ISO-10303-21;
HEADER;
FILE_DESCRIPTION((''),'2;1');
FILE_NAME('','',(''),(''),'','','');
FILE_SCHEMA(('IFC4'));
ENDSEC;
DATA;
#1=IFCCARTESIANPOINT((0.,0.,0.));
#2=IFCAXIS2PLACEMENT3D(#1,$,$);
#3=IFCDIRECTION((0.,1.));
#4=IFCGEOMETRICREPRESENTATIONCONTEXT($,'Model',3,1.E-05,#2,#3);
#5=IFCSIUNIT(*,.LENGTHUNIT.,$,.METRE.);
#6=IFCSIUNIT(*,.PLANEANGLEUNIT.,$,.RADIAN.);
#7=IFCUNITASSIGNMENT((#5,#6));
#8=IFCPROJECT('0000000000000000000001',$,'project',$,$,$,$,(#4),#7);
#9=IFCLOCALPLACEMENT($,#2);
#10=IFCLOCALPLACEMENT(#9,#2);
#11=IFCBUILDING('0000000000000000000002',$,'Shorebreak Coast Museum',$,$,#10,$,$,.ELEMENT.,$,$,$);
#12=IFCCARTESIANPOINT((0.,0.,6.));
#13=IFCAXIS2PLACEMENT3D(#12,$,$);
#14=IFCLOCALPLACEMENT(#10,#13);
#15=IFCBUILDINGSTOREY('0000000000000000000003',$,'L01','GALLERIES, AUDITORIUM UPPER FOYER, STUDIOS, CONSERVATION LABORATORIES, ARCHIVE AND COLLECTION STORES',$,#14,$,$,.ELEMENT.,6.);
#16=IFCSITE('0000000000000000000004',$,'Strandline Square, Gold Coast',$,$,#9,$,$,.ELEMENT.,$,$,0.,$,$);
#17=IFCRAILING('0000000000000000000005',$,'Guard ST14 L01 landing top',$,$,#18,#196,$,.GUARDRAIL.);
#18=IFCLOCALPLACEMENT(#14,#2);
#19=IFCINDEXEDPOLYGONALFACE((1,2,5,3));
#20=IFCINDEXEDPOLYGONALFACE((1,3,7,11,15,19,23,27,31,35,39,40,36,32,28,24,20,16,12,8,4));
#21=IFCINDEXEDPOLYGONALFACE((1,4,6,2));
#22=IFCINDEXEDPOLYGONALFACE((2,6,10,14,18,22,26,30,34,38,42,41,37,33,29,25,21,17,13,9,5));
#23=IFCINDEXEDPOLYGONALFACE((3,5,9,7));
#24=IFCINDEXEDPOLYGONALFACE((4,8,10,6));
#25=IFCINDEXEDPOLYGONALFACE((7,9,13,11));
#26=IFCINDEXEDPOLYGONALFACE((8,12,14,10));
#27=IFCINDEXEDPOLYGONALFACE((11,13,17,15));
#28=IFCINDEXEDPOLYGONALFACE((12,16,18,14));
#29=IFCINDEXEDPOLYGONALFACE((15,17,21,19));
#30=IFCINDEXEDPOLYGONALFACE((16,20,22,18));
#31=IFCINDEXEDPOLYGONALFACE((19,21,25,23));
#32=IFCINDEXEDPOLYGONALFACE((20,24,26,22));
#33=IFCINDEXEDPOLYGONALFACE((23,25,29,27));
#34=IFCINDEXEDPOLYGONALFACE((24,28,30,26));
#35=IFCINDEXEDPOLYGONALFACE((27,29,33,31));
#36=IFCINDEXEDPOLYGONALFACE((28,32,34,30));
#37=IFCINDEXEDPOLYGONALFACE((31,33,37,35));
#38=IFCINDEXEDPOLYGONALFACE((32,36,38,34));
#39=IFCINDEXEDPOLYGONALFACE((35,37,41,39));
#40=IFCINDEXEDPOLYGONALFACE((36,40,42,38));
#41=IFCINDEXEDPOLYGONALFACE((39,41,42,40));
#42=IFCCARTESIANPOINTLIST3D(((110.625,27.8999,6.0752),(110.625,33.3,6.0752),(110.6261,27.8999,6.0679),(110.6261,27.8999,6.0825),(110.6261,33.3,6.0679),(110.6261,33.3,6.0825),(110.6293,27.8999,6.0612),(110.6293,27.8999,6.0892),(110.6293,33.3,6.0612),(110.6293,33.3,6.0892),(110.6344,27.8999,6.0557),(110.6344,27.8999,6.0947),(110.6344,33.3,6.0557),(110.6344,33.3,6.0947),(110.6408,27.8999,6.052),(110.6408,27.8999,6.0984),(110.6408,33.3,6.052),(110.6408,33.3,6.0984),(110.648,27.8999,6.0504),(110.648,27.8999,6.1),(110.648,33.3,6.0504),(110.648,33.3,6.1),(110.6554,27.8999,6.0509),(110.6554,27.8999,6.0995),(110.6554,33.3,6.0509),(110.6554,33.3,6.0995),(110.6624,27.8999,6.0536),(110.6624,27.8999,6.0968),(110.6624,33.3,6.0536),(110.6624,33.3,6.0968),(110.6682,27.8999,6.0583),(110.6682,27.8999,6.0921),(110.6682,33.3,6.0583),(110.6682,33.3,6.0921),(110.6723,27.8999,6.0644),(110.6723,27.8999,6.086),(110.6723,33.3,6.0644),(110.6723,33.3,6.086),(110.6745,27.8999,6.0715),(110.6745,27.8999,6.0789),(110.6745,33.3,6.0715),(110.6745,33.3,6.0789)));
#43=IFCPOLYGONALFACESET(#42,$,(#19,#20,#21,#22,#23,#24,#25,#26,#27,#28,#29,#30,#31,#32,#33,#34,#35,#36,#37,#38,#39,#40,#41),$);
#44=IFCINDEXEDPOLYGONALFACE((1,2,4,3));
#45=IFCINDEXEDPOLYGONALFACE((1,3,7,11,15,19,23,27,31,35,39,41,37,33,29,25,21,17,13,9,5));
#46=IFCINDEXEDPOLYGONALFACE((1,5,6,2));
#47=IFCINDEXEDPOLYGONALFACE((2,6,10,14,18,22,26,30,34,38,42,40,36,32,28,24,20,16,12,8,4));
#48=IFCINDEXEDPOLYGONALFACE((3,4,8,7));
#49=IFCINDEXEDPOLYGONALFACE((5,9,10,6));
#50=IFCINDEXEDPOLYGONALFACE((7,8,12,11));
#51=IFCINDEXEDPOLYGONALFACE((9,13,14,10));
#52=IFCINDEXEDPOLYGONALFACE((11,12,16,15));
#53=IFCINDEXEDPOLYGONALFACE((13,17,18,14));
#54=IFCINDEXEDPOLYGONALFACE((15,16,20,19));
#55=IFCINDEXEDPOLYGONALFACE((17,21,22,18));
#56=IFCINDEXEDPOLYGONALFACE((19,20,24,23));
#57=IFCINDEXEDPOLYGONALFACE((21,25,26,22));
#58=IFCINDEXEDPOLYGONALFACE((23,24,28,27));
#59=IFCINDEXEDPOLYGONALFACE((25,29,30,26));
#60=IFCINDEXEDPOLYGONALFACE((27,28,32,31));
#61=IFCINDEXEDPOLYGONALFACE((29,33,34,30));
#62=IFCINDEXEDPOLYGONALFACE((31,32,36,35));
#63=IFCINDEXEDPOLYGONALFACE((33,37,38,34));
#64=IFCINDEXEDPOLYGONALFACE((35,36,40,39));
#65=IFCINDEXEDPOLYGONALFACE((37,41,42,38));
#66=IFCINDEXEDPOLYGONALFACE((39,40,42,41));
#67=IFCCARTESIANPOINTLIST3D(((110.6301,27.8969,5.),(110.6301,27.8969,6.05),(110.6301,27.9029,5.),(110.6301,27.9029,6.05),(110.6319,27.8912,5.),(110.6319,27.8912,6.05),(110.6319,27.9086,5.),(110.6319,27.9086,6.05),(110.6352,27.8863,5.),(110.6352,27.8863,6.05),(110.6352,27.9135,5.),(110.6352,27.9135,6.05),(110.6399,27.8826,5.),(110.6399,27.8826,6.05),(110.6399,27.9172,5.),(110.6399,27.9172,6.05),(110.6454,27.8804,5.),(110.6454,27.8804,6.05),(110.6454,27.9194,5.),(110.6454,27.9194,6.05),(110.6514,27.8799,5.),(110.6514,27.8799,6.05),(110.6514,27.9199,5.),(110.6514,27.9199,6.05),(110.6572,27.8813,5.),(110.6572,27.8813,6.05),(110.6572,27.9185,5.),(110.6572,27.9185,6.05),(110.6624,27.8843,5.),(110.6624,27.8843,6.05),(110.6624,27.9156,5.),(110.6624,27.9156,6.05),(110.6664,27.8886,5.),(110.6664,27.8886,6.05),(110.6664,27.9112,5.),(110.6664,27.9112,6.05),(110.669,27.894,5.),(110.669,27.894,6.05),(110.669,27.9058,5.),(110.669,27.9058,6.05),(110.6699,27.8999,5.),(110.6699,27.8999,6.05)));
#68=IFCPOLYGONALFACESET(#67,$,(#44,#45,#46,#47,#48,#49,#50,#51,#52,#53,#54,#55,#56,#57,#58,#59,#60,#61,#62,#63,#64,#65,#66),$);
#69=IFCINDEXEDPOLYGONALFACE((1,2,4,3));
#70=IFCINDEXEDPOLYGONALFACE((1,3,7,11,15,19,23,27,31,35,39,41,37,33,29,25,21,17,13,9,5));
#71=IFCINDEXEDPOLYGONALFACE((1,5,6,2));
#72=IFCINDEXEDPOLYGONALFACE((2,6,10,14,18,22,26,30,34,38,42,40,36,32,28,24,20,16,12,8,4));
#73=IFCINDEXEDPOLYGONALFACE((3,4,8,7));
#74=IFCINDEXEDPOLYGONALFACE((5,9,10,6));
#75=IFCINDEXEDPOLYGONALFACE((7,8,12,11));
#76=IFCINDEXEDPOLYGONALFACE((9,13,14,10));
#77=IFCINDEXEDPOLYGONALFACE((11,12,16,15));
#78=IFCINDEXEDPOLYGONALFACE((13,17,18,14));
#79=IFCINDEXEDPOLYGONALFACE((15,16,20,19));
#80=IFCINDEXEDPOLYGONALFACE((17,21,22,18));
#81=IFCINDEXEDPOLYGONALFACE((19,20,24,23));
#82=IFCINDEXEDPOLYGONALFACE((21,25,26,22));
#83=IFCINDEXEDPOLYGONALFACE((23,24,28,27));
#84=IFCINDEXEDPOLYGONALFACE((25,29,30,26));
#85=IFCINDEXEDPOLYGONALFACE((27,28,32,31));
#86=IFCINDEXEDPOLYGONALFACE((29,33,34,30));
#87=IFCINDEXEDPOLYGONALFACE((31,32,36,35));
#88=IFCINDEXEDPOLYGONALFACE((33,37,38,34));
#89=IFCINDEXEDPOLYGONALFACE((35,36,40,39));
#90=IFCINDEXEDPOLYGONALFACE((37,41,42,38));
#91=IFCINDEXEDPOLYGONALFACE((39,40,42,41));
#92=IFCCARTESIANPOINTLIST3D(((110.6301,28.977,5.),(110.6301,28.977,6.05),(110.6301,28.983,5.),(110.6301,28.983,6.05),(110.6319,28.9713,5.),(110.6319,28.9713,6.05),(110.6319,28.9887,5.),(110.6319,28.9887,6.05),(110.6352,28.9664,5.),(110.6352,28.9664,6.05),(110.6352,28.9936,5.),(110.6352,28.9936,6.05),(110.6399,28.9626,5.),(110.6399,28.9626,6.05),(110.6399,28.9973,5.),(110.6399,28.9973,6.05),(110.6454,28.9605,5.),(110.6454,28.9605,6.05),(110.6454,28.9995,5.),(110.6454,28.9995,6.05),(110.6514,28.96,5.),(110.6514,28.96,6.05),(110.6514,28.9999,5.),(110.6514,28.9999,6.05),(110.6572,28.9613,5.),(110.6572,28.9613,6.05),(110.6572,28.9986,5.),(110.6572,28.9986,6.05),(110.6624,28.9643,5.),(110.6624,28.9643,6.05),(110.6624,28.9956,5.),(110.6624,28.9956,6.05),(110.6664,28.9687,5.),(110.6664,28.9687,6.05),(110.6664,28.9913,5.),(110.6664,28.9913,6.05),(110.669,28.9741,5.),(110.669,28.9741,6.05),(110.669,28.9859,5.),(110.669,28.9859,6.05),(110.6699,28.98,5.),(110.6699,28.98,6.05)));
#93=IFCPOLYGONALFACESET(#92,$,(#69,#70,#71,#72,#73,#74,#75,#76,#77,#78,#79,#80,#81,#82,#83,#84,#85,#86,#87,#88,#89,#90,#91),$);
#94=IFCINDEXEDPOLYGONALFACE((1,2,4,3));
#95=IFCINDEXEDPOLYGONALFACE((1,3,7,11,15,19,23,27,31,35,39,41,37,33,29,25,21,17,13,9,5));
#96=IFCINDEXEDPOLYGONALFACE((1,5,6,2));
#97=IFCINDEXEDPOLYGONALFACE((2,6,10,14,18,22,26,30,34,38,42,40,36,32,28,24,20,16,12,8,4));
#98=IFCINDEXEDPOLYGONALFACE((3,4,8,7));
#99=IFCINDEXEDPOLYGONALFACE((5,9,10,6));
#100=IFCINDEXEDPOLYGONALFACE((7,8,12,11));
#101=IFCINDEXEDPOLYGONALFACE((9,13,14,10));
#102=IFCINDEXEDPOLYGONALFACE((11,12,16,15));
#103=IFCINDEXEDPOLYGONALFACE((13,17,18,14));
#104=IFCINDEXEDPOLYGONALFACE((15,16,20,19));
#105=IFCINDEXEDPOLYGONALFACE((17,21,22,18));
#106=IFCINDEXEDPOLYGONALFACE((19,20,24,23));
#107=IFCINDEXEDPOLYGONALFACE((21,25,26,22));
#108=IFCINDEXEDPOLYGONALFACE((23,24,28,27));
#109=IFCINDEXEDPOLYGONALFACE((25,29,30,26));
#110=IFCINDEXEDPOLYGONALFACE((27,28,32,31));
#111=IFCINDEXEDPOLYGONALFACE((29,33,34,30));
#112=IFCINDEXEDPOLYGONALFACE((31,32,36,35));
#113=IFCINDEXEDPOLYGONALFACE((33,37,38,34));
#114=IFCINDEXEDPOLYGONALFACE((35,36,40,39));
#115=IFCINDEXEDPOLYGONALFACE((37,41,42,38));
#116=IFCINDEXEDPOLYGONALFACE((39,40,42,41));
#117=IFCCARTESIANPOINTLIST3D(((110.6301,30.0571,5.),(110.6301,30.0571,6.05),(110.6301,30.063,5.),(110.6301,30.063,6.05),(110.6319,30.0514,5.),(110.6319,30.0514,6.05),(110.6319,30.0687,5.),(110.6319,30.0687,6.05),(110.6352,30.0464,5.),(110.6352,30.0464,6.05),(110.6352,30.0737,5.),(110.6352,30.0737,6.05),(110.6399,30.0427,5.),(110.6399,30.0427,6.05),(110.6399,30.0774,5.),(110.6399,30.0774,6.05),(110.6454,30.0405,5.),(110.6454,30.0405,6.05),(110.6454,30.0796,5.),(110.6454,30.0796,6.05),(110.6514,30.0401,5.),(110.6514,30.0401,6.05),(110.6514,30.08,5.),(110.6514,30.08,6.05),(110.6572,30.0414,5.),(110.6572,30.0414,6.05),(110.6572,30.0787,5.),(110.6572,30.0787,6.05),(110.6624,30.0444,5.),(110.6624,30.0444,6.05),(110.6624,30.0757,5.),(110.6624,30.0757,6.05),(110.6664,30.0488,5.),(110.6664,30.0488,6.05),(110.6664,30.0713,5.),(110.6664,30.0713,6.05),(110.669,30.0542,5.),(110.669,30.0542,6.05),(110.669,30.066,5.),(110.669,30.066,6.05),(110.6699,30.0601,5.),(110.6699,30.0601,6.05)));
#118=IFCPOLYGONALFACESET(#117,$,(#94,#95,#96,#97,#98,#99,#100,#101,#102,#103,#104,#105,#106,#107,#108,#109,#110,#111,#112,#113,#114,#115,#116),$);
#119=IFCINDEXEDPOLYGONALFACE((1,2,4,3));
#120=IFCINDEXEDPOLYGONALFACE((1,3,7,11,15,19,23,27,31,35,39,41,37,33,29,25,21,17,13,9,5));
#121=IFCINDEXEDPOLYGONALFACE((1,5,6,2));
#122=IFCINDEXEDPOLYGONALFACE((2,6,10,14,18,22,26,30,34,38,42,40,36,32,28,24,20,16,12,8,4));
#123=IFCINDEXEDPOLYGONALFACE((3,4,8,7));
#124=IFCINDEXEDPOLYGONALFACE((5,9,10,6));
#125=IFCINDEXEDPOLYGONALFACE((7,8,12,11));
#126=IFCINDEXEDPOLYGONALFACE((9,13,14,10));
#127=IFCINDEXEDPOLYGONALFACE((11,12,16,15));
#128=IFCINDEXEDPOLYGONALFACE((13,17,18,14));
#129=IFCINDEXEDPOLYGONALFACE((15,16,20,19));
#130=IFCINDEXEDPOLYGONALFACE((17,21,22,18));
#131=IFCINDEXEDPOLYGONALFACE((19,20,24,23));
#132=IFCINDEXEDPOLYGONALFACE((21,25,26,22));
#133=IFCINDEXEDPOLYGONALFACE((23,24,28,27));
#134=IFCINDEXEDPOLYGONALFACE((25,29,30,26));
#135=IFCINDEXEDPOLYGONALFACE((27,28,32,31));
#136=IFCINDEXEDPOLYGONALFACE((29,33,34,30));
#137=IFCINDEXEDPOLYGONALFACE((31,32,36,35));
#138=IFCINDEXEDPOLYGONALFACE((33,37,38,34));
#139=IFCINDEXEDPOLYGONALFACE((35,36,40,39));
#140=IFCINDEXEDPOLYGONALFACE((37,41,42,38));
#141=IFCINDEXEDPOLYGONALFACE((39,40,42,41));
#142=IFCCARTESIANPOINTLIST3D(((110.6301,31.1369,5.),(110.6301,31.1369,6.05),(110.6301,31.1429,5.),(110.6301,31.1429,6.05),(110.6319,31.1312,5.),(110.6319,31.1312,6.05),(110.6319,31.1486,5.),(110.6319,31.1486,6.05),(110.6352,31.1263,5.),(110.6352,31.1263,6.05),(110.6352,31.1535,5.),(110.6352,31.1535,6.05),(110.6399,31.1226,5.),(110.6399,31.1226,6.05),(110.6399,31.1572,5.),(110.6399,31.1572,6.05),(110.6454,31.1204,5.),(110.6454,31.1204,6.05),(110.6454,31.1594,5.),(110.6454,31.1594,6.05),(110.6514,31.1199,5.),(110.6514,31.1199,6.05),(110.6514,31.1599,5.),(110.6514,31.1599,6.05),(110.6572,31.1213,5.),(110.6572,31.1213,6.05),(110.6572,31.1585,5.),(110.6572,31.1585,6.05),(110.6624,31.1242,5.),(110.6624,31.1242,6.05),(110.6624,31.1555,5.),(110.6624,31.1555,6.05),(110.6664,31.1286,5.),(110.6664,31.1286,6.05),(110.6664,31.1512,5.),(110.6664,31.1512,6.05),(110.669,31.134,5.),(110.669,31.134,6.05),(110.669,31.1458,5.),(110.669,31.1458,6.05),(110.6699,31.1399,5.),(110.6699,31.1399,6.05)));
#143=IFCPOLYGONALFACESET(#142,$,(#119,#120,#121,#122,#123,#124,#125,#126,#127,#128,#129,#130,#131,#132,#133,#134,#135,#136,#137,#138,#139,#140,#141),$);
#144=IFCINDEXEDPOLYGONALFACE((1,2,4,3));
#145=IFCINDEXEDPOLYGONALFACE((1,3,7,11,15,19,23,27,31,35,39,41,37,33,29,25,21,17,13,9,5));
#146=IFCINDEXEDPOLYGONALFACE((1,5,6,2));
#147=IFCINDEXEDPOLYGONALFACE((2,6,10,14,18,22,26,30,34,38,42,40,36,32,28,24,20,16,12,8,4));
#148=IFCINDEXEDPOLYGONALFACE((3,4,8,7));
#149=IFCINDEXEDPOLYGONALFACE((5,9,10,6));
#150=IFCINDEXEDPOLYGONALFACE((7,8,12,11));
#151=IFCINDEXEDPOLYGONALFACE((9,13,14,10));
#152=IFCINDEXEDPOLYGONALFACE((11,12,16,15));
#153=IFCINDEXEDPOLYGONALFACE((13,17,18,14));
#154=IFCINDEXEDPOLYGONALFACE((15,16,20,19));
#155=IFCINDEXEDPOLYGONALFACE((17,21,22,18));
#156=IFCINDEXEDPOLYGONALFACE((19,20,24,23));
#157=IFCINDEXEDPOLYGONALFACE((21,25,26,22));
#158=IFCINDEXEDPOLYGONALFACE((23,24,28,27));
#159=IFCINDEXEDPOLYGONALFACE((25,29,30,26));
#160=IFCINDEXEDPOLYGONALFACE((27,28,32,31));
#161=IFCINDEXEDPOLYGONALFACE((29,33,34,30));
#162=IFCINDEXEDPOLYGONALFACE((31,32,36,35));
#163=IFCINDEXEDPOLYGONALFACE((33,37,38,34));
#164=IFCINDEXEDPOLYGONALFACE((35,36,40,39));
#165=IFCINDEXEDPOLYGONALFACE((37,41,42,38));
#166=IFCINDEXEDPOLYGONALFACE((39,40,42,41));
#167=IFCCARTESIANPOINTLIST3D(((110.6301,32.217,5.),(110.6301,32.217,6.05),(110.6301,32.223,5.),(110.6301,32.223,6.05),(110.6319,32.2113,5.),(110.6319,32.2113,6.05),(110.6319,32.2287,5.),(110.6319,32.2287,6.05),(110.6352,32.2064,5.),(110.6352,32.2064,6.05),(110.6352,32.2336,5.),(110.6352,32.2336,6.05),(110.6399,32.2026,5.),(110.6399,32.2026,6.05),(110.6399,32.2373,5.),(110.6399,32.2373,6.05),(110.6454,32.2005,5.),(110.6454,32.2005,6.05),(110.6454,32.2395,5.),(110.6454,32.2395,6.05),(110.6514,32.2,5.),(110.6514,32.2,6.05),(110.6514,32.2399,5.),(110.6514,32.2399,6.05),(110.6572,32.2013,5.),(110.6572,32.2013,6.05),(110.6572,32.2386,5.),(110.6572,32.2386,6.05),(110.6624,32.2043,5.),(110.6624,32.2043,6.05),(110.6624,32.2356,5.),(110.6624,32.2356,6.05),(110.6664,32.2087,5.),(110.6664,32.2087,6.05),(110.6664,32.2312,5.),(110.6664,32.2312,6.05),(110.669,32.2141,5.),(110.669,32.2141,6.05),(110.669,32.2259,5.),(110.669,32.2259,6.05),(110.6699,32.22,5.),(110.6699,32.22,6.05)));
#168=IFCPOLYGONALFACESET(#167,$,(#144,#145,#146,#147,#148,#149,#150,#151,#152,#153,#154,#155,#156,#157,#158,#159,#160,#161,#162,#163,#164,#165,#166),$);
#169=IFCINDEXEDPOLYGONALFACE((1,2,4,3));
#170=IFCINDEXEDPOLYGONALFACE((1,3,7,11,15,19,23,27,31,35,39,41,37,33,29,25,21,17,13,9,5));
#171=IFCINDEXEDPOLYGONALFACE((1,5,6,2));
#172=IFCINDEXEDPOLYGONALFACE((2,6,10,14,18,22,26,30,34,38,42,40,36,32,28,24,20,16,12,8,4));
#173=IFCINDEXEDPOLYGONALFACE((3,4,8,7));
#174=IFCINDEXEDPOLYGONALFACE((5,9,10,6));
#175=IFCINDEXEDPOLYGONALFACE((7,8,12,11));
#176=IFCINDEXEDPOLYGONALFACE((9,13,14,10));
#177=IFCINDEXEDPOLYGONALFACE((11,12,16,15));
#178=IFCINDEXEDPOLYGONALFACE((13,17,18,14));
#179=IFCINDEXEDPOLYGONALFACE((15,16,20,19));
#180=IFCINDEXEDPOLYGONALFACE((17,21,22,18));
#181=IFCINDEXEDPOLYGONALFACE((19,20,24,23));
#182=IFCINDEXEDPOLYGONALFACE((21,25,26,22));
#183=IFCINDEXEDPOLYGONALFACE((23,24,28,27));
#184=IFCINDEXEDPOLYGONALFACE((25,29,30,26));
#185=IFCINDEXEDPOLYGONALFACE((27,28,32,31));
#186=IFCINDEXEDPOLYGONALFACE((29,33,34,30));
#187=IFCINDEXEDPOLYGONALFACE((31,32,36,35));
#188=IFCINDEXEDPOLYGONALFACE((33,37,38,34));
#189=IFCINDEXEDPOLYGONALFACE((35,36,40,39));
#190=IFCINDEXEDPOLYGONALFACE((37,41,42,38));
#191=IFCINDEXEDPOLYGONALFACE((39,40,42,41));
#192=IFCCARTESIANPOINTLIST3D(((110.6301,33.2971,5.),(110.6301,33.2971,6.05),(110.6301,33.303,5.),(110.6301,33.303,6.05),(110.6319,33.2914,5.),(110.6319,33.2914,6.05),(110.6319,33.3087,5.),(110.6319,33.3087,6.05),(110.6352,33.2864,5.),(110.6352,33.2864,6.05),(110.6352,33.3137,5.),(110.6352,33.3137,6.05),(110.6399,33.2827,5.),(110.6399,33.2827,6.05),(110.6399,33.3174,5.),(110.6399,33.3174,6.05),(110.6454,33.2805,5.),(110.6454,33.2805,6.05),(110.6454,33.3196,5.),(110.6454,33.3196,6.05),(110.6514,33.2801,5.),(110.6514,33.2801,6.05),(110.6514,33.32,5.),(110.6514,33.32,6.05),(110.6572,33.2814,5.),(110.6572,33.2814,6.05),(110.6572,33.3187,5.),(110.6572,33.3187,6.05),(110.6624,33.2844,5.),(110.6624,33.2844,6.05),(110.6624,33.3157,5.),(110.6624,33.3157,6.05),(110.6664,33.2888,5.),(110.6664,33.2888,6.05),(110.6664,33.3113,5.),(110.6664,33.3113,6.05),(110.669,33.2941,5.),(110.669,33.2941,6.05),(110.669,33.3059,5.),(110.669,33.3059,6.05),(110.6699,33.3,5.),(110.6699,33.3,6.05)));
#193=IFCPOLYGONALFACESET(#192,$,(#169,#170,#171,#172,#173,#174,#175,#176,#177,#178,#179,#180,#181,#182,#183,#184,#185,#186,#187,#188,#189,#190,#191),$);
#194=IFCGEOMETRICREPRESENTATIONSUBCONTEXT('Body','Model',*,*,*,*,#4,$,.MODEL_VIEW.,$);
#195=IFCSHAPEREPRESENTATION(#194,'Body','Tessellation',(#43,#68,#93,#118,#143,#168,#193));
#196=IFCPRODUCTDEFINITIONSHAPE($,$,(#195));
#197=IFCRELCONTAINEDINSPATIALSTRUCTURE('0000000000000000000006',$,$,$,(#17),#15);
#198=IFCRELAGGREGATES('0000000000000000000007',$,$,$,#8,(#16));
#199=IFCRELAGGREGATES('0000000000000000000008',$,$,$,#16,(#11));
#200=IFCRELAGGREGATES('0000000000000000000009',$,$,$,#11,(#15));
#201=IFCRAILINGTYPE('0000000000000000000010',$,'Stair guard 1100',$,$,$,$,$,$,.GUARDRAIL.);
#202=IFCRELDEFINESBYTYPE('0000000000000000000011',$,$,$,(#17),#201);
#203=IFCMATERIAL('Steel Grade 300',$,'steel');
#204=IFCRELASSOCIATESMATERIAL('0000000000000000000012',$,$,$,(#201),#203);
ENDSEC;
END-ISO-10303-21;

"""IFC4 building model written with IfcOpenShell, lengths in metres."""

from ifc_helpers import new_model, si_unit, direction, frame, origin, origin_2d, place, context, subcontext, project, spatial, circle, extrude, material, type_object, element, save


model = new_model("IFC4")

# Units and contexts
model_context = context("Model", 3, precision=1e-05, world=origin(), true_north=direction((0.0, 1.0)))
body_context = subcontext(model_context, "Body", "Model", "MODEL_VIEW")
ifc_project = project(units=[si_unit("LENGTHUNIT", "METRE"), si_unit("PLANEANGLEUNIT", "RADIAN")], contexts=[model_context])

# Site, building, storey
site_placement = place(None, origin())
site = spatial("IfcSite", under=ifc_project, at=site_placement, Name="Strandline Square, Gold Coast", CompositionType="ELEMENT", RefElevation=0.0)
building_placement = place(site_placement, origin())
building = spatial("IfcBuilding", under=site, at=building_placement, Name="Shorebreak Coast Museum", CompositionType="ELEMENT")
storey_placement = place(building_placement, frame((0.0, 0.0, 6.0)))
storey = spatial("IfcBuildingStorey", under=building, at=storey_placement, Name="L01", Description="GALLERIES, AUDITORIUM UPPER FOYER, STUDIOS, CONSERVATION LABORATORIES, ARCHIVE AND COLLECTION STORES", CompositionType="ELEMENT", Elevation=6.0)

# Railing
ifc_material_1 = material(Name="Steel Grade 300", Category="steel")
railing_type_1 = type_object("IfcRailingType", Name="Stair guard 1100", PredefinedType="GUARDRAIL", material=ifc_material_1)
railing_1_placement = place(storey_placement, frame((110.6499, 27.8999, 5.0)))
element("IfcRailing", 1, at=railing_1_placement, inside=storey, type_object=railing_type_1, Name="Guard ST14 L01 landing top", PredefinedType="GUARDRAIL", context=body_context, shape_type="SweptSolid", body=[
    extrude(circle(Radius=0.0249, at=origin_2d()), frame((0.0, 0.0, 1.0752), z_axis=(0.0, 1.0, 0.0), x_axis=(-1.0, 0.0, 0.0)), (0.0, 0.0, 1.0), 5.4001),
    extrude(circle(Radius=0.02, at=origin_2d()), origin(), (0.0, 0.0, 1.0), 1.05),
    extrude(circle(Radius=0.02, at=origin_2d()), frame((0.0, 1.0801, 0.0)), (0.0, 0.0, 1.0), 1.05),
    extrude(circle(Radius=0.02, at=origin_2d()), frame((0.0, 2.1602, 0.0)), (0.0, 0.0, 1.0), 1.05),
    extrude(circle(Radius=0.02, at=origin_2d()), frame((0.0, 3.24, 0.0)), (0.0, 0.0, 1.0), 1.05),
    extrude(circle(Radius=0.02, at=origin_2d()), frame((0.0, 4.3201, 0.0)), (0.0, 0.0, 1.0), 1.05),
    extrude(circle(Radius=0.02, at=origin_2d()), frame((0.0, 5.4001, 0.0)), (0.0, 0.0, 1.0), 1.05),
])

save(model, "model.ifc")
